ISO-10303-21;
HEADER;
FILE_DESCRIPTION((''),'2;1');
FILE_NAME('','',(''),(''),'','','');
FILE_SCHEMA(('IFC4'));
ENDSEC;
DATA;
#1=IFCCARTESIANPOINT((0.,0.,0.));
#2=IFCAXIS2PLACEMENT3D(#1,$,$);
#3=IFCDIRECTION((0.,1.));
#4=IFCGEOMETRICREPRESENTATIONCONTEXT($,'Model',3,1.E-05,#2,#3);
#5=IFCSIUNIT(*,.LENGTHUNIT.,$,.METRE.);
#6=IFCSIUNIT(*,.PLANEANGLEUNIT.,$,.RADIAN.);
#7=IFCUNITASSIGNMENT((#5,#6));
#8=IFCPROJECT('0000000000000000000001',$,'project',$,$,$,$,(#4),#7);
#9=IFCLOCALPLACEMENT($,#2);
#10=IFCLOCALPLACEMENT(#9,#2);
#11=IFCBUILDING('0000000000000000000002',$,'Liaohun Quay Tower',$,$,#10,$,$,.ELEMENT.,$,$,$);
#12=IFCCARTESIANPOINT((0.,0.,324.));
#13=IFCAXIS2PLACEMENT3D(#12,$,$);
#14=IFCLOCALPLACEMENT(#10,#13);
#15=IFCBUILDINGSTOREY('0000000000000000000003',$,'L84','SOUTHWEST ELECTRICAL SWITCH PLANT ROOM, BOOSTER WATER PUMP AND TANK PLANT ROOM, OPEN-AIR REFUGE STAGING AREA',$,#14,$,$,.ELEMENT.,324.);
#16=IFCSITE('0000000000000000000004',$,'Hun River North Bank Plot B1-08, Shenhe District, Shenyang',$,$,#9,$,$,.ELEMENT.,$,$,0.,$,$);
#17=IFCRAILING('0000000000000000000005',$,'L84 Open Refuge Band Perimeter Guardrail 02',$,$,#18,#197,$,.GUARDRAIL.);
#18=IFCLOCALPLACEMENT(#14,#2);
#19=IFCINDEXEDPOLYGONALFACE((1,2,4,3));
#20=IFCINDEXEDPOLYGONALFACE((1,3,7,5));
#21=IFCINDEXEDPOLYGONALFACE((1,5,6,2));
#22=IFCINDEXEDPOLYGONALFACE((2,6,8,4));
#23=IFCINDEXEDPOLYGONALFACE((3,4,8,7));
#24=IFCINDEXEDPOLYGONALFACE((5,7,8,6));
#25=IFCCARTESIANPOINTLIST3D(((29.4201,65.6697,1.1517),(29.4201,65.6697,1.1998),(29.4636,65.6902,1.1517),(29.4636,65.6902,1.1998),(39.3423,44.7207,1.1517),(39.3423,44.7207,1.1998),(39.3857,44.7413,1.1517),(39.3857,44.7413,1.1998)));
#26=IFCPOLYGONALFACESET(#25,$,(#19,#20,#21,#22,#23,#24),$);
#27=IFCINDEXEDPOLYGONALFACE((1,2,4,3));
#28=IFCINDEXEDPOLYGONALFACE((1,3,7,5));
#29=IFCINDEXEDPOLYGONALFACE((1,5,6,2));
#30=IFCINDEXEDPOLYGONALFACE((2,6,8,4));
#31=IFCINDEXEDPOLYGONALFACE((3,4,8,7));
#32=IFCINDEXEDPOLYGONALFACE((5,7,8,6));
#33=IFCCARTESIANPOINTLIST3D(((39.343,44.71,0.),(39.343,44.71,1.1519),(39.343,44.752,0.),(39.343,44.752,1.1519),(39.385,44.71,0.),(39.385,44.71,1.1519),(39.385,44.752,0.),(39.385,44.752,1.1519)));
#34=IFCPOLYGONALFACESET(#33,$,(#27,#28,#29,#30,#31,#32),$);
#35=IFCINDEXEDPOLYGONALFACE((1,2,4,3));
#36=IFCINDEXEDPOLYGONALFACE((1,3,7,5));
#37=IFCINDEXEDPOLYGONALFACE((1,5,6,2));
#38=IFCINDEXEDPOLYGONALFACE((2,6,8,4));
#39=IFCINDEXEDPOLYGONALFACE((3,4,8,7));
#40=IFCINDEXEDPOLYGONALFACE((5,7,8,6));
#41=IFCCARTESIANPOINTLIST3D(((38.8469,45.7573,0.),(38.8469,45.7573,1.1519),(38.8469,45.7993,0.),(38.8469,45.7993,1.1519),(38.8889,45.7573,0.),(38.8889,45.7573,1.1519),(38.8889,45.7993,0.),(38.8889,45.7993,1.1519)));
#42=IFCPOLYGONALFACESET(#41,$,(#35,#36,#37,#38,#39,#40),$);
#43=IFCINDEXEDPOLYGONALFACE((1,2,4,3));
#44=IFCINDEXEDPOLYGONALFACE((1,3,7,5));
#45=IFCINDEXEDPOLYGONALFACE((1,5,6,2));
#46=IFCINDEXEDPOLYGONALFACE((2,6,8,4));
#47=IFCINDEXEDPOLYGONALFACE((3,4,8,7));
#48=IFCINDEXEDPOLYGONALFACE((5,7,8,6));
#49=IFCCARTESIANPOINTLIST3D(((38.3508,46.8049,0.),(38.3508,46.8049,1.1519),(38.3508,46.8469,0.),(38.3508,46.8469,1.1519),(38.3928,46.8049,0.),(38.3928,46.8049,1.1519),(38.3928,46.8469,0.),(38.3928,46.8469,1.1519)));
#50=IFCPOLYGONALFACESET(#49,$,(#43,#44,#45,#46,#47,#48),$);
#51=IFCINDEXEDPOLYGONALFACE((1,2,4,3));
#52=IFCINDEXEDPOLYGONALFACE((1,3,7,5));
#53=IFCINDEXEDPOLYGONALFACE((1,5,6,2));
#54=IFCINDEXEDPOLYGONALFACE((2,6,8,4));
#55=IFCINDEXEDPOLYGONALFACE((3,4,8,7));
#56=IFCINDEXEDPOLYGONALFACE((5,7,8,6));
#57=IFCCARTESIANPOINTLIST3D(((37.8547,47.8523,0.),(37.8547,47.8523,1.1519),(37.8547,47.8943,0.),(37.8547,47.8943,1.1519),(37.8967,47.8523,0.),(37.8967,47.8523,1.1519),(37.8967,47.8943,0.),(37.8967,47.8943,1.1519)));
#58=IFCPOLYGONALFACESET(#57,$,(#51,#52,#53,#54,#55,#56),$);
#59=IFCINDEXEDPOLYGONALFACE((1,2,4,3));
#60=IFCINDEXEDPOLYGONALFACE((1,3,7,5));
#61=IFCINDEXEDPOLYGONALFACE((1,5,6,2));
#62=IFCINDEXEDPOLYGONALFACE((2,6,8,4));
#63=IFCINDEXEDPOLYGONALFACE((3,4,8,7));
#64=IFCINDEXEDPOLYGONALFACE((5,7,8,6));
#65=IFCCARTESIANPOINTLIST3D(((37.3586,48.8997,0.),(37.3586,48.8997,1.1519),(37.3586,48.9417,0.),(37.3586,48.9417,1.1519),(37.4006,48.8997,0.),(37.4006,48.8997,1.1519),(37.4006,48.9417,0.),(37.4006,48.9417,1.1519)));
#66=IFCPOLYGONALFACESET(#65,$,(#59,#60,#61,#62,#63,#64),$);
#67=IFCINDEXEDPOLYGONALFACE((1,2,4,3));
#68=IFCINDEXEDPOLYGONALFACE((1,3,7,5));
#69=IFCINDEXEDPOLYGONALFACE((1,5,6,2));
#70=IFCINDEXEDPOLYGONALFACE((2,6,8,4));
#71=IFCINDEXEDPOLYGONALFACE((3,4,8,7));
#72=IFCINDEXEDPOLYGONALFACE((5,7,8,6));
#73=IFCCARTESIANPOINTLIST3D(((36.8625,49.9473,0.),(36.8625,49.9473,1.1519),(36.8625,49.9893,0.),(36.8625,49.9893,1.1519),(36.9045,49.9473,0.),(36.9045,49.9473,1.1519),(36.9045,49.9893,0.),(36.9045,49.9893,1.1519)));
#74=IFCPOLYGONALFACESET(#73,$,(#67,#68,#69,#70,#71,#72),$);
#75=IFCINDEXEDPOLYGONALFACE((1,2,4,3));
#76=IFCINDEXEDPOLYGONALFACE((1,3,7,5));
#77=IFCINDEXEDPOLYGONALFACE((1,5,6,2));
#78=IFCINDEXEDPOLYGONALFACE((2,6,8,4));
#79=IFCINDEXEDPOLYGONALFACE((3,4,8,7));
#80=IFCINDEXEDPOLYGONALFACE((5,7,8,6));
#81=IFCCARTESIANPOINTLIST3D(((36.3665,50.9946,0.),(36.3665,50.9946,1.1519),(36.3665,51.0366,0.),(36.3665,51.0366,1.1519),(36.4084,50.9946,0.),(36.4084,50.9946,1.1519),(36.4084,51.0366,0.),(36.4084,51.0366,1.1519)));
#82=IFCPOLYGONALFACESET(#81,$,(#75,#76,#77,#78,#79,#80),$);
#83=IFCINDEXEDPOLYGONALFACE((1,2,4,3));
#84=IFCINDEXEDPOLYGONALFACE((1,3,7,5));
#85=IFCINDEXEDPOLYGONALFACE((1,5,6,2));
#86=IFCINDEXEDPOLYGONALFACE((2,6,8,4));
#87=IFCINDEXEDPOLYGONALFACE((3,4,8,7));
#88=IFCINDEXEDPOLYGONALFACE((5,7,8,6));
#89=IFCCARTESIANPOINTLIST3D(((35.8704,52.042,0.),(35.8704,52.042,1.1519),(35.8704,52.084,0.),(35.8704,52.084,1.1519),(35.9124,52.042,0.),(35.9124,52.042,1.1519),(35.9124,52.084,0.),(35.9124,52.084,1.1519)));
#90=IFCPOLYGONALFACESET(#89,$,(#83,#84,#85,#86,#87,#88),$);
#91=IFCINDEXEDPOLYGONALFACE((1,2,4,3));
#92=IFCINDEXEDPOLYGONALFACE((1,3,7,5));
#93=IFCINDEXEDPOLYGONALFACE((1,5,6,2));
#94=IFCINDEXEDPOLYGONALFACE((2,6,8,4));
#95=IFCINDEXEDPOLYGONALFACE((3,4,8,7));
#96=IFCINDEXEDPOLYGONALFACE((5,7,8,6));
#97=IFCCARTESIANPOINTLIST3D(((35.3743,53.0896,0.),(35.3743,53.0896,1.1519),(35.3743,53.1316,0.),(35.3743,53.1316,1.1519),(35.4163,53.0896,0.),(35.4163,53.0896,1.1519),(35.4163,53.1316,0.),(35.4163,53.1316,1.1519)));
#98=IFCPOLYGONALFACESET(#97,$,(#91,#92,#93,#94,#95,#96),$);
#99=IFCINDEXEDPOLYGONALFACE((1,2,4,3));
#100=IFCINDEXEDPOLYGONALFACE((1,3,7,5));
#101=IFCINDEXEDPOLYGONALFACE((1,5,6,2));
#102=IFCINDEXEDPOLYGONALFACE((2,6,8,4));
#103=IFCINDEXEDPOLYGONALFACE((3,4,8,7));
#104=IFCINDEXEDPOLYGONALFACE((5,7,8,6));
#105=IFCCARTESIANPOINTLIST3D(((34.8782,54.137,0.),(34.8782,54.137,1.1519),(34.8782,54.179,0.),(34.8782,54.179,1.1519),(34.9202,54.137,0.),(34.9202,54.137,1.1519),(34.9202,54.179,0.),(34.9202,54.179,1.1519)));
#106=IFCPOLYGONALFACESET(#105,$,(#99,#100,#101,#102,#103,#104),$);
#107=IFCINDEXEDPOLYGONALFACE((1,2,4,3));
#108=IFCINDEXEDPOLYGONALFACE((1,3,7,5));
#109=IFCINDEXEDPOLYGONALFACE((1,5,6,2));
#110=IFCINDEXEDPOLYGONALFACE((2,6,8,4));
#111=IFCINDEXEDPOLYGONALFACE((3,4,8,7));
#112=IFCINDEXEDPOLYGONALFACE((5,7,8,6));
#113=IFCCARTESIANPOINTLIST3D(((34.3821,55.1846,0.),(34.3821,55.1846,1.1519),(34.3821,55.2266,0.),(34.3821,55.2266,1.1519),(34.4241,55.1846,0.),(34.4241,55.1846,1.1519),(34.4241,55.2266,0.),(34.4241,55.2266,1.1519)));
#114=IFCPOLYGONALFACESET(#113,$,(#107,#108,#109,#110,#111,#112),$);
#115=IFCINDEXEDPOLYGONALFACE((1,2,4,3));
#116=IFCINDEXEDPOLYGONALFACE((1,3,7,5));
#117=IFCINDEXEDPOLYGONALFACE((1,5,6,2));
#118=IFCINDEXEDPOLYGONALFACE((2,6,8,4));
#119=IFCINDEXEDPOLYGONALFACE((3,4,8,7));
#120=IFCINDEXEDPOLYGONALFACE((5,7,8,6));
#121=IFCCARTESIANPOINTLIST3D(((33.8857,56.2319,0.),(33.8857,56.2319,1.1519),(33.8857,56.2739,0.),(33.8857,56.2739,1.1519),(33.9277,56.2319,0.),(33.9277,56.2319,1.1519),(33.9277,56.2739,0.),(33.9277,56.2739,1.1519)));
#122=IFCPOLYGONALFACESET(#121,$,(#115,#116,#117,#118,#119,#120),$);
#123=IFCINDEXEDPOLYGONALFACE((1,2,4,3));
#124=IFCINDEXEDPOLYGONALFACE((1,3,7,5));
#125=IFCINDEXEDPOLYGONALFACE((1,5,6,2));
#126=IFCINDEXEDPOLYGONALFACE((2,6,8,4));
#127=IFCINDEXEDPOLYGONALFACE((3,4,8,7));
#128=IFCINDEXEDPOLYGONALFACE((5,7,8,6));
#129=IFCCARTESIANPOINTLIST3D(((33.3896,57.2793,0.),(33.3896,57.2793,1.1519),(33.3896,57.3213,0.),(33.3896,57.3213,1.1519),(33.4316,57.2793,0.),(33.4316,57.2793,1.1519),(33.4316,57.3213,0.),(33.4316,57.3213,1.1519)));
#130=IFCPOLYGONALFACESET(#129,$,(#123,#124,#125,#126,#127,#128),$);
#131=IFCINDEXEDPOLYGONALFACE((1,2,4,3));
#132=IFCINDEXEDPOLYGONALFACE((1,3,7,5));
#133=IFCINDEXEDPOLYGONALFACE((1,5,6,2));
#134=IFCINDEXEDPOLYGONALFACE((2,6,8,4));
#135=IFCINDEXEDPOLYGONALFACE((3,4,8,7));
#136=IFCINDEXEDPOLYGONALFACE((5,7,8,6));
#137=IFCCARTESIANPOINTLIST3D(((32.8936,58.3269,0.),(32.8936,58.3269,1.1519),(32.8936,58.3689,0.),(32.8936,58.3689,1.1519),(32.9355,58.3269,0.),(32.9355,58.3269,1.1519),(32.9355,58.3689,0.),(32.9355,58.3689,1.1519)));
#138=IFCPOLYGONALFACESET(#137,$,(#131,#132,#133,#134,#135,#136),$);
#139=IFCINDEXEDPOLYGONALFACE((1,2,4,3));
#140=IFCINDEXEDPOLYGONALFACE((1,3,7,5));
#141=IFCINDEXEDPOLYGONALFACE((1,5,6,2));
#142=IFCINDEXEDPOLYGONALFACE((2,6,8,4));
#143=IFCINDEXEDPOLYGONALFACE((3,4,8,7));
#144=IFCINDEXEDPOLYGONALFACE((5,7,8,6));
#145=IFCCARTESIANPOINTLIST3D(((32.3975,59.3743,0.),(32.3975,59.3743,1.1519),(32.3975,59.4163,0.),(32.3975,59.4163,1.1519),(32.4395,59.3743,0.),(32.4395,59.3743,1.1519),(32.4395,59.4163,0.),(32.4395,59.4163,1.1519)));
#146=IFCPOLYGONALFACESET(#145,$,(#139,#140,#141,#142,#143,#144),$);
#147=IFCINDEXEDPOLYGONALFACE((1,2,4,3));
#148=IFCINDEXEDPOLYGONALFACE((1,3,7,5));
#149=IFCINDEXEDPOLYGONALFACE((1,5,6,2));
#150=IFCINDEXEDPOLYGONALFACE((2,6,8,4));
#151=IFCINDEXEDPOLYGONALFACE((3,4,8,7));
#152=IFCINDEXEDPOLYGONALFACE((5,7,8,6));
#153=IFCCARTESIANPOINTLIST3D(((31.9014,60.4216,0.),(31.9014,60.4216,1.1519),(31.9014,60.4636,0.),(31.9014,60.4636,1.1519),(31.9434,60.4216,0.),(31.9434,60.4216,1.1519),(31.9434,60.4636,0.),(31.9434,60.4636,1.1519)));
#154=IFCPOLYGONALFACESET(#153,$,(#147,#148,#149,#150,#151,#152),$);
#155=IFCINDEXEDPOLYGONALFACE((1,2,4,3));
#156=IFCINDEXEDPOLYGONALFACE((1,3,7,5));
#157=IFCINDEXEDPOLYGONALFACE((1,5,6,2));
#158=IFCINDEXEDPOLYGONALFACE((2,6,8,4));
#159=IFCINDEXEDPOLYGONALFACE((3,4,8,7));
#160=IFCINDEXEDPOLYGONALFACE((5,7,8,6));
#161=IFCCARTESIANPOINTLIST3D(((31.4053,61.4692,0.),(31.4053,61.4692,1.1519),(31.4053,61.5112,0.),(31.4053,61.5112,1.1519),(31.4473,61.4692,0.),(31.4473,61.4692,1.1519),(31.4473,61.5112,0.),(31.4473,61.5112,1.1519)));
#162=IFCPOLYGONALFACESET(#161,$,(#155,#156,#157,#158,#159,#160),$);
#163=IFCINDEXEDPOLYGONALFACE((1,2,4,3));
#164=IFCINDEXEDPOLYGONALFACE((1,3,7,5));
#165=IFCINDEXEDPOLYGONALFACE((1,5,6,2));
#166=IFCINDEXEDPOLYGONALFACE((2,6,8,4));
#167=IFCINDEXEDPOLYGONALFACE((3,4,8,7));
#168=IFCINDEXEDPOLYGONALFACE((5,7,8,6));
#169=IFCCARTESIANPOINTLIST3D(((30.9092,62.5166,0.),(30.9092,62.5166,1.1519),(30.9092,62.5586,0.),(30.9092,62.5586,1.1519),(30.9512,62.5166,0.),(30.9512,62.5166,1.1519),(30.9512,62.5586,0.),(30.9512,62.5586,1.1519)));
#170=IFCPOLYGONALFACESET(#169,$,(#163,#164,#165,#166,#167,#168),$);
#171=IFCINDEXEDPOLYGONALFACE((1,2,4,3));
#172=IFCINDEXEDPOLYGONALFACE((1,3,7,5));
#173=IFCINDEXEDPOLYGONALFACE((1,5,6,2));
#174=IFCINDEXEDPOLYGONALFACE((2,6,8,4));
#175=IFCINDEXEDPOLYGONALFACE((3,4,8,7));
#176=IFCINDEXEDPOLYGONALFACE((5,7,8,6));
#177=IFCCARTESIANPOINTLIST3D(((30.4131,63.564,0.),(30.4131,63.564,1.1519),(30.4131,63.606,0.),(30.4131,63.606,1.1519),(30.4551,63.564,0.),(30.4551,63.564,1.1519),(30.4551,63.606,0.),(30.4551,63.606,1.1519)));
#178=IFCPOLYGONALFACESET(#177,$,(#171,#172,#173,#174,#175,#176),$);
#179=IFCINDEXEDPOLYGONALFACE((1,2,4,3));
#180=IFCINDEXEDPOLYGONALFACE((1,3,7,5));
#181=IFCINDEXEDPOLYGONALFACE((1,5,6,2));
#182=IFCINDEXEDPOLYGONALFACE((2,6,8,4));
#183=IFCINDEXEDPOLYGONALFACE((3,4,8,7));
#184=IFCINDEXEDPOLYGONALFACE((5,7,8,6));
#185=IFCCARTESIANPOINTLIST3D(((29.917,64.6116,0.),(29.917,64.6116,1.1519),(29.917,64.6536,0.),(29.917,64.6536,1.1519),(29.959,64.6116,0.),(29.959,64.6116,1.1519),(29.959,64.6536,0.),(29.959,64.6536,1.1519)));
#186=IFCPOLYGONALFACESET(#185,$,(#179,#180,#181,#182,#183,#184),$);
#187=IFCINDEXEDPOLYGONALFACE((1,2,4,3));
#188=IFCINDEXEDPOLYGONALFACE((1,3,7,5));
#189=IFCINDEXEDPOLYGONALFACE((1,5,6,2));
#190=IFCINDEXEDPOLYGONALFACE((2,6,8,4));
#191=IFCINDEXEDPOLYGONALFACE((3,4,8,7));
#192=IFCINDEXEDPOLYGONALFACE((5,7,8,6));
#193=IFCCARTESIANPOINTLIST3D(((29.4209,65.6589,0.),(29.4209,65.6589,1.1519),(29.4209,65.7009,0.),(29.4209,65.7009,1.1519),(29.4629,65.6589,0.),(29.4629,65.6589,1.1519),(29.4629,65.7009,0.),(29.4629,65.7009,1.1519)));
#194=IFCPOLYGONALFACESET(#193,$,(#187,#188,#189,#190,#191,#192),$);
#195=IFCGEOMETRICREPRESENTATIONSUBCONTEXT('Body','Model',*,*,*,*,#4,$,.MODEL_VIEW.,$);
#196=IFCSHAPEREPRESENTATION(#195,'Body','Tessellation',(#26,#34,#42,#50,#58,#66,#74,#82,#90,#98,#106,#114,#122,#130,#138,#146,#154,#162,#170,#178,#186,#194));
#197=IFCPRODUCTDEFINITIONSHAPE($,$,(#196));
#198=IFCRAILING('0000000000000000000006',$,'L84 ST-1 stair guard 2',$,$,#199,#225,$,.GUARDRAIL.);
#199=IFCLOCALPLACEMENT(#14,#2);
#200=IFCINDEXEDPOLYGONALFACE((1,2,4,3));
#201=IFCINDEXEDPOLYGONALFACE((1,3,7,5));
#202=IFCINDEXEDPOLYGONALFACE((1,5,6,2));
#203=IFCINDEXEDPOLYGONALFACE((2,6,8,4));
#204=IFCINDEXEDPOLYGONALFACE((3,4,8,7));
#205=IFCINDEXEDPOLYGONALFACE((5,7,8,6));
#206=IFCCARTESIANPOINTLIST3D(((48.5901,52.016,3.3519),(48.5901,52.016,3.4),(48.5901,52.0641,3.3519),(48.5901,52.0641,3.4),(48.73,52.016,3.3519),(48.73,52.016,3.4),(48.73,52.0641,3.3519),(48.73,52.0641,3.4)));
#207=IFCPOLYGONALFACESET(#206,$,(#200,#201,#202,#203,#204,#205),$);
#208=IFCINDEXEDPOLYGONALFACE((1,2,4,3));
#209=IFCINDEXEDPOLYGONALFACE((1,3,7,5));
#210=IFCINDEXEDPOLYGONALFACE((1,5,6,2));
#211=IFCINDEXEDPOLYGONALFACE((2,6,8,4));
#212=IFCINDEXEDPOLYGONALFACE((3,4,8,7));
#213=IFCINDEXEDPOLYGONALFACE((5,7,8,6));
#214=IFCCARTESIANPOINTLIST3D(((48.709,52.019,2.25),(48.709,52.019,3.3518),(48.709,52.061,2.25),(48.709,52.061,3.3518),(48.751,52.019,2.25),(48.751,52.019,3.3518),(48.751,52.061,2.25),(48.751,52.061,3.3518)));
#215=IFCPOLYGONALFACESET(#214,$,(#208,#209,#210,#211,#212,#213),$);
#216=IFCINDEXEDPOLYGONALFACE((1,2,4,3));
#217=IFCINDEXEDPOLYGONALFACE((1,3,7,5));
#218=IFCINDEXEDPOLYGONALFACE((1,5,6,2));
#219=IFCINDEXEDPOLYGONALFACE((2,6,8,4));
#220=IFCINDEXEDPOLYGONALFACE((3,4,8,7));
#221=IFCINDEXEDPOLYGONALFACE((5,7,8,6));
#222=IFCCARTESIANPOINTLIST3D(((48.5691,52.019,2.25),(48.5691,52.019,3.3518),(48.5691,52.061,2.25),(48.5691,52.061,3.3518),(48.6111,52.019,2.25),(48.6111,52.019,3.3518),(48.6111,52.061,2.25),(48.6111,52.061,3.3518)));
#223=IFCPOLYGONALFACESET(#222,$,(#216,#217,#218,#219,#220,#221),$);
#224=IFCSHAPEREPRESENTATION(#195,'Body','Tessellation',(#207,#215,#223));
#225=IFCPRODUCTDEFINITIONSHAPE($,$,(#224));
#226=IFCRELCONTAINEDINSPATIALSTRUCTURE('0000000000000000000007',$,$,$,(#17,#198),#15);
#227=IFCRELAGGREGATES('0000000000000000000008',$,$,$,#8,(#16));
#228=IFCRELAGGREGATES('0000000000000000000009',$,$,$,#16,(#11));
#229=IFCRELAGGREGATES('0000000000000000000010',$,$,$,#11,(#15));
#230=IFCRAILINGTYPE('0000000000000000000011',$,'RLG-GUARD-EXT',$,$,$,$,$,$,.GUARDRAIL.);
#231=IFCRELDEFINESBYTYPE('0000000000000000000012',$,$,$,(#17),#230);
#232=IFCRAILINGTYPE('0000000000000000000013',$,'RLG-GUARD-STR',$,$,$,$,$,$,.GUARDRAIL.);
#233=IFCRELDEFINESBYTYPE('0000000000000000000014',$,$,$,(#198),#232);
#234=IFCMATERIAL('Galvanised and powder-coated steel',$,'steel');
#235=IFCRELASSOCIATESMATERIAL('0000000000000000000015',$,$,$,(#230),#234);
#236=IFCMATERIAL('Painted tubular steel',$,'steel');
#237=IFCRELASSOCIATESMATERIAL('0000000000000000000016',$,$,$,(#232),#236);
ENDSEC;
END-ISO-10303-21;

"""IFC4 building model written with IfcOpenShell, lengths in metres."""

from ifc_helpers import new_model, si_unit, direction, frame, origin, origin_2d, place, context, subcontext, project, spatial, rectangle, extrude, material, type_object, element, save


model = new_model("IFC4")

# Units and contexts
model_context = context("Model", 3, precision=1e-05, world=origin(), true_north=direction((0.0, 1.0)))
body_context = subcontext(model_context, "Body", "Model", "MODEL_VIEW")
ifc_project = project(units=[si_unit("LENGTHUNIT", "METRE"), si_unit("PLANEANGLEUNIT", "RADIAN")], contexts=[model_context])

# Site, building, storey
site_placement = place(None, origin())
site = spatial("IfcSite", under=ifc_project, at=site_placement, Name="Hun River North Bank Plot B1-08, Shenhe District, Shenyang", CompositionType="ELEMENT", RefElevation=0.0)
building_placement = place(site_placement, origin())
building = spatial("IfcBuilding", under=site, at=building_placement, Name="Liaohun Quay Tower", CompositionType="ELEMENT")
storey_placement = place(building_placement, frame((0.0, 0.0, 324.0)))
storey = spatial("IfcBuildingStorey", under=building, at=storey_placement, Name="L84", Description="SOUTHWEST ELECTRICAL SWITCH PLANT ROOM, BOOSTER WATER PUMP AND TANK PLANT ROOM, OPEN-AIR REFUGE STAGING AREA", CompositionType="ELEMENT", Elevation=324.0)

# Railings
ifc_material_1 = material(Name="Galvanised and powder-coated steel", Category="steel")
railing_type_1 = type_object("IfcRailingType", Name="RLG-GUARD-EXT", PredefinedType="GUARDRAIL", material=ifc_material_1)
railing_1_placement = place(storey_placement, frame((39.364, 44.731, 0.0)))
element("IfcRailing", 1, at=railing_1_placement, inside=storey, type_object=railing_type_1, Name="L84 Open Refuge Band Perimeter Guardrail 02", PredefinedType="GUARDRAIL", context=body_context, shape_type="SweptSolid", body=[
    extrude(rectangle(XDim=0.0481, YDim=0.0481, at=origin_2d()), frame((0.0, 0.0, 1.1758), z_axis=(-0.428048, 0.903756, 0.0), x_axis=(-0.903756, -0.428048, 0.0)), (0.0, 0.0, 1.0), 23.1799),
    extrude(rectangle(XDim=0.042, YDim=0.042, at=origin_2d()), origin(), (0.0, 0.0, 1.0), 1.1519),
    extrude(rectangle(XDim=0.042, YDim=0.042, at=origin_2d()), frame((-0.4961, 1.0474, 0.0)), (0.0, 0.0, 1.0), 1.1519),
    extrude(rectangle(XDim=0.042, YDim=0.042, at=origin_2d()), frame((-0.9922, 2.095, 0.0)), (0.0, 0.0, 1.0), 1.1519),
    extrude(rectangle(XDim=0.042, YDim=0.042, at=origin_2d()), frame((-1.4883, 3.1423, 0.0)), (0.0, 0.0, 1.0), 1.1519),
    extrude(rectangle(XDim=0.042, YDim=0.042, at=origin_2d()), frame((-1.9844, 4.1897, 0.0)), (0.0, 0.0, 1.0), 1.1519),
    extrude(rectangle(XDim=0.042, YDim=0.042, at=origin_2d()), frame((-2.4805, 5.2373, 0.0)), (0.0, 0.0, 1.0), 1.1519),
    extrude(rectangle(XDim=0.042, YDim=0.042, at=origin_2d()), frame((-2.9766, 6.2847, 0.0)), (0.0, 0.0, 1.0), 1.1519),
    extrude(rectangle(XDim=0.042, YDim=0.042, at=origin_2d()), frame((-3.4727, 7.332, 0.0)), (0.0, 0.0, 1.0), 1.1519),
    extrude(rectangle(XDim=0.042, YDim=0.042, at=origin_2d()), frame((-3.9688, 8.3796, 0.0)), (0.0, 0.0, 1.0), 1.1519),
    extrude(rectangle(XDim=0.042, YDim=0.042, at=origin_2d()), frame((-4.4648, 9.427, 0.0)), (0.0, 0.0, 1.0), 1.1519),
    extrude(rectangle(XDim=0.042, YDim=0.042, at=origin_2d()), frame((-4.9609, 10.4746, 0.0)), (0.0, 0.0, 1.0), 1.1519),
    extrude(rectangle(XDim=0.042, YDim=0.042, at=origin_2d()), frame((-5.4573, 11.522, 0.0)), (0.0, 0.0, 1.0), 1.1519),
    extrude(rectangle(XDim=0.042, YDim=0.042, at=origin_2d()), frame((-5.9534, 12.5693, 0.0)), (0.0, 0.0, 1.0), 1.1519),
    extrude(rectangle(XDim=0.042, YDim=0.042, at=origin_2d()), frame((-6.4495, 13.6169, 0.0)), (0.0, 0.0, 1.0), 1.1519),
    extrude(rectangle(XDim=0.042, YDim=0.042, at=origin_2d()), frame((-6.9456, 14.6643, 0.0)), (0.0, 0.0, 1.0), 1.1519),
    extrude(rectangle(XDim=0.042, YDim=0.042, at=origin_2d()), frame((-7.4417, 15.7117, 0.0)), (0.0, 0.0, 1.0), 1.1519),
    extrude(rectangle(XDim=0.042, YDim=0.042, at=origin_2d()), frame((-7.9377, 16.7593, 0.0)), (0.0, 0.0, 1.0), 1.1519),
    extrude(rectangle(XDim=0.042, YDim=0.042, at=origin_2d()), frame((-8.4338, 17.8066, 0.0)), (0.0, 0.0, 1.0), 1.1519),
    extrude(rectangle(XDim=0.042, YDim=0.042, at=origin_2d()), frame((-8.9299, 18.854, 0.0)), (0.0, 0.0, 1.0), 1.1519),
    extrude(rectangle(XDim=0.042, YDim=0.042, at=origin_2d()), frame((-9.426, 19.9016, 0.0)), (0.0, 0.0, 1.0), 1.1519),
    extrude(rectangle(XDim=0.042, YDim=0.042, at=origin_2d()), frame((-9.9221, 20.949, 0.0)), (0.0, 0.0, 1.0), 1.1519),
])
ifc_material_2 = material(Name="Painted tubular steel", Category="steel")
railing_type_2 = type_object("IfcRailingType", Name="RLG-GUARD-STR", PredefinedType="GUARDRAIL", material=ifc_material_2)
railing_2_placement = place(storey_placement, frame((48.73, 52.04, 2.25)))
element("IfcRailing", 2, at=railing_2_placement, inside=storey, type_object=railing_type_2, Name="L84 ST-1 stair guard 2", PredefinedType="GUARDRAIL", context=body_context, shape_type="SweptSolid", body=[
    extrude(rectangle(XDim=0.0481, YDim=0.0481, at=origin_2d()), frame((0.0, 0.0, 1.126), z_axis=(-1.0, 0.0, 0.0), x_axis=(0.0, -1.0, 0.0)), (0.0, 0.0, 1.0), 0.1399),
    extrude(rectangle(XDim=0.042, YDim=0.042, at=origin_2d()), origin(), (0.0, 0.0, 1.0), 1.1018),
    extrude(rectangle(XDim=0.042, YDim=0.042, at=origin_2d()), frame((-0.1399, 0.0, 0.0)), (0.0, 0.0, 1.0), 1.1018),
])

save(model, "model.ifc")
